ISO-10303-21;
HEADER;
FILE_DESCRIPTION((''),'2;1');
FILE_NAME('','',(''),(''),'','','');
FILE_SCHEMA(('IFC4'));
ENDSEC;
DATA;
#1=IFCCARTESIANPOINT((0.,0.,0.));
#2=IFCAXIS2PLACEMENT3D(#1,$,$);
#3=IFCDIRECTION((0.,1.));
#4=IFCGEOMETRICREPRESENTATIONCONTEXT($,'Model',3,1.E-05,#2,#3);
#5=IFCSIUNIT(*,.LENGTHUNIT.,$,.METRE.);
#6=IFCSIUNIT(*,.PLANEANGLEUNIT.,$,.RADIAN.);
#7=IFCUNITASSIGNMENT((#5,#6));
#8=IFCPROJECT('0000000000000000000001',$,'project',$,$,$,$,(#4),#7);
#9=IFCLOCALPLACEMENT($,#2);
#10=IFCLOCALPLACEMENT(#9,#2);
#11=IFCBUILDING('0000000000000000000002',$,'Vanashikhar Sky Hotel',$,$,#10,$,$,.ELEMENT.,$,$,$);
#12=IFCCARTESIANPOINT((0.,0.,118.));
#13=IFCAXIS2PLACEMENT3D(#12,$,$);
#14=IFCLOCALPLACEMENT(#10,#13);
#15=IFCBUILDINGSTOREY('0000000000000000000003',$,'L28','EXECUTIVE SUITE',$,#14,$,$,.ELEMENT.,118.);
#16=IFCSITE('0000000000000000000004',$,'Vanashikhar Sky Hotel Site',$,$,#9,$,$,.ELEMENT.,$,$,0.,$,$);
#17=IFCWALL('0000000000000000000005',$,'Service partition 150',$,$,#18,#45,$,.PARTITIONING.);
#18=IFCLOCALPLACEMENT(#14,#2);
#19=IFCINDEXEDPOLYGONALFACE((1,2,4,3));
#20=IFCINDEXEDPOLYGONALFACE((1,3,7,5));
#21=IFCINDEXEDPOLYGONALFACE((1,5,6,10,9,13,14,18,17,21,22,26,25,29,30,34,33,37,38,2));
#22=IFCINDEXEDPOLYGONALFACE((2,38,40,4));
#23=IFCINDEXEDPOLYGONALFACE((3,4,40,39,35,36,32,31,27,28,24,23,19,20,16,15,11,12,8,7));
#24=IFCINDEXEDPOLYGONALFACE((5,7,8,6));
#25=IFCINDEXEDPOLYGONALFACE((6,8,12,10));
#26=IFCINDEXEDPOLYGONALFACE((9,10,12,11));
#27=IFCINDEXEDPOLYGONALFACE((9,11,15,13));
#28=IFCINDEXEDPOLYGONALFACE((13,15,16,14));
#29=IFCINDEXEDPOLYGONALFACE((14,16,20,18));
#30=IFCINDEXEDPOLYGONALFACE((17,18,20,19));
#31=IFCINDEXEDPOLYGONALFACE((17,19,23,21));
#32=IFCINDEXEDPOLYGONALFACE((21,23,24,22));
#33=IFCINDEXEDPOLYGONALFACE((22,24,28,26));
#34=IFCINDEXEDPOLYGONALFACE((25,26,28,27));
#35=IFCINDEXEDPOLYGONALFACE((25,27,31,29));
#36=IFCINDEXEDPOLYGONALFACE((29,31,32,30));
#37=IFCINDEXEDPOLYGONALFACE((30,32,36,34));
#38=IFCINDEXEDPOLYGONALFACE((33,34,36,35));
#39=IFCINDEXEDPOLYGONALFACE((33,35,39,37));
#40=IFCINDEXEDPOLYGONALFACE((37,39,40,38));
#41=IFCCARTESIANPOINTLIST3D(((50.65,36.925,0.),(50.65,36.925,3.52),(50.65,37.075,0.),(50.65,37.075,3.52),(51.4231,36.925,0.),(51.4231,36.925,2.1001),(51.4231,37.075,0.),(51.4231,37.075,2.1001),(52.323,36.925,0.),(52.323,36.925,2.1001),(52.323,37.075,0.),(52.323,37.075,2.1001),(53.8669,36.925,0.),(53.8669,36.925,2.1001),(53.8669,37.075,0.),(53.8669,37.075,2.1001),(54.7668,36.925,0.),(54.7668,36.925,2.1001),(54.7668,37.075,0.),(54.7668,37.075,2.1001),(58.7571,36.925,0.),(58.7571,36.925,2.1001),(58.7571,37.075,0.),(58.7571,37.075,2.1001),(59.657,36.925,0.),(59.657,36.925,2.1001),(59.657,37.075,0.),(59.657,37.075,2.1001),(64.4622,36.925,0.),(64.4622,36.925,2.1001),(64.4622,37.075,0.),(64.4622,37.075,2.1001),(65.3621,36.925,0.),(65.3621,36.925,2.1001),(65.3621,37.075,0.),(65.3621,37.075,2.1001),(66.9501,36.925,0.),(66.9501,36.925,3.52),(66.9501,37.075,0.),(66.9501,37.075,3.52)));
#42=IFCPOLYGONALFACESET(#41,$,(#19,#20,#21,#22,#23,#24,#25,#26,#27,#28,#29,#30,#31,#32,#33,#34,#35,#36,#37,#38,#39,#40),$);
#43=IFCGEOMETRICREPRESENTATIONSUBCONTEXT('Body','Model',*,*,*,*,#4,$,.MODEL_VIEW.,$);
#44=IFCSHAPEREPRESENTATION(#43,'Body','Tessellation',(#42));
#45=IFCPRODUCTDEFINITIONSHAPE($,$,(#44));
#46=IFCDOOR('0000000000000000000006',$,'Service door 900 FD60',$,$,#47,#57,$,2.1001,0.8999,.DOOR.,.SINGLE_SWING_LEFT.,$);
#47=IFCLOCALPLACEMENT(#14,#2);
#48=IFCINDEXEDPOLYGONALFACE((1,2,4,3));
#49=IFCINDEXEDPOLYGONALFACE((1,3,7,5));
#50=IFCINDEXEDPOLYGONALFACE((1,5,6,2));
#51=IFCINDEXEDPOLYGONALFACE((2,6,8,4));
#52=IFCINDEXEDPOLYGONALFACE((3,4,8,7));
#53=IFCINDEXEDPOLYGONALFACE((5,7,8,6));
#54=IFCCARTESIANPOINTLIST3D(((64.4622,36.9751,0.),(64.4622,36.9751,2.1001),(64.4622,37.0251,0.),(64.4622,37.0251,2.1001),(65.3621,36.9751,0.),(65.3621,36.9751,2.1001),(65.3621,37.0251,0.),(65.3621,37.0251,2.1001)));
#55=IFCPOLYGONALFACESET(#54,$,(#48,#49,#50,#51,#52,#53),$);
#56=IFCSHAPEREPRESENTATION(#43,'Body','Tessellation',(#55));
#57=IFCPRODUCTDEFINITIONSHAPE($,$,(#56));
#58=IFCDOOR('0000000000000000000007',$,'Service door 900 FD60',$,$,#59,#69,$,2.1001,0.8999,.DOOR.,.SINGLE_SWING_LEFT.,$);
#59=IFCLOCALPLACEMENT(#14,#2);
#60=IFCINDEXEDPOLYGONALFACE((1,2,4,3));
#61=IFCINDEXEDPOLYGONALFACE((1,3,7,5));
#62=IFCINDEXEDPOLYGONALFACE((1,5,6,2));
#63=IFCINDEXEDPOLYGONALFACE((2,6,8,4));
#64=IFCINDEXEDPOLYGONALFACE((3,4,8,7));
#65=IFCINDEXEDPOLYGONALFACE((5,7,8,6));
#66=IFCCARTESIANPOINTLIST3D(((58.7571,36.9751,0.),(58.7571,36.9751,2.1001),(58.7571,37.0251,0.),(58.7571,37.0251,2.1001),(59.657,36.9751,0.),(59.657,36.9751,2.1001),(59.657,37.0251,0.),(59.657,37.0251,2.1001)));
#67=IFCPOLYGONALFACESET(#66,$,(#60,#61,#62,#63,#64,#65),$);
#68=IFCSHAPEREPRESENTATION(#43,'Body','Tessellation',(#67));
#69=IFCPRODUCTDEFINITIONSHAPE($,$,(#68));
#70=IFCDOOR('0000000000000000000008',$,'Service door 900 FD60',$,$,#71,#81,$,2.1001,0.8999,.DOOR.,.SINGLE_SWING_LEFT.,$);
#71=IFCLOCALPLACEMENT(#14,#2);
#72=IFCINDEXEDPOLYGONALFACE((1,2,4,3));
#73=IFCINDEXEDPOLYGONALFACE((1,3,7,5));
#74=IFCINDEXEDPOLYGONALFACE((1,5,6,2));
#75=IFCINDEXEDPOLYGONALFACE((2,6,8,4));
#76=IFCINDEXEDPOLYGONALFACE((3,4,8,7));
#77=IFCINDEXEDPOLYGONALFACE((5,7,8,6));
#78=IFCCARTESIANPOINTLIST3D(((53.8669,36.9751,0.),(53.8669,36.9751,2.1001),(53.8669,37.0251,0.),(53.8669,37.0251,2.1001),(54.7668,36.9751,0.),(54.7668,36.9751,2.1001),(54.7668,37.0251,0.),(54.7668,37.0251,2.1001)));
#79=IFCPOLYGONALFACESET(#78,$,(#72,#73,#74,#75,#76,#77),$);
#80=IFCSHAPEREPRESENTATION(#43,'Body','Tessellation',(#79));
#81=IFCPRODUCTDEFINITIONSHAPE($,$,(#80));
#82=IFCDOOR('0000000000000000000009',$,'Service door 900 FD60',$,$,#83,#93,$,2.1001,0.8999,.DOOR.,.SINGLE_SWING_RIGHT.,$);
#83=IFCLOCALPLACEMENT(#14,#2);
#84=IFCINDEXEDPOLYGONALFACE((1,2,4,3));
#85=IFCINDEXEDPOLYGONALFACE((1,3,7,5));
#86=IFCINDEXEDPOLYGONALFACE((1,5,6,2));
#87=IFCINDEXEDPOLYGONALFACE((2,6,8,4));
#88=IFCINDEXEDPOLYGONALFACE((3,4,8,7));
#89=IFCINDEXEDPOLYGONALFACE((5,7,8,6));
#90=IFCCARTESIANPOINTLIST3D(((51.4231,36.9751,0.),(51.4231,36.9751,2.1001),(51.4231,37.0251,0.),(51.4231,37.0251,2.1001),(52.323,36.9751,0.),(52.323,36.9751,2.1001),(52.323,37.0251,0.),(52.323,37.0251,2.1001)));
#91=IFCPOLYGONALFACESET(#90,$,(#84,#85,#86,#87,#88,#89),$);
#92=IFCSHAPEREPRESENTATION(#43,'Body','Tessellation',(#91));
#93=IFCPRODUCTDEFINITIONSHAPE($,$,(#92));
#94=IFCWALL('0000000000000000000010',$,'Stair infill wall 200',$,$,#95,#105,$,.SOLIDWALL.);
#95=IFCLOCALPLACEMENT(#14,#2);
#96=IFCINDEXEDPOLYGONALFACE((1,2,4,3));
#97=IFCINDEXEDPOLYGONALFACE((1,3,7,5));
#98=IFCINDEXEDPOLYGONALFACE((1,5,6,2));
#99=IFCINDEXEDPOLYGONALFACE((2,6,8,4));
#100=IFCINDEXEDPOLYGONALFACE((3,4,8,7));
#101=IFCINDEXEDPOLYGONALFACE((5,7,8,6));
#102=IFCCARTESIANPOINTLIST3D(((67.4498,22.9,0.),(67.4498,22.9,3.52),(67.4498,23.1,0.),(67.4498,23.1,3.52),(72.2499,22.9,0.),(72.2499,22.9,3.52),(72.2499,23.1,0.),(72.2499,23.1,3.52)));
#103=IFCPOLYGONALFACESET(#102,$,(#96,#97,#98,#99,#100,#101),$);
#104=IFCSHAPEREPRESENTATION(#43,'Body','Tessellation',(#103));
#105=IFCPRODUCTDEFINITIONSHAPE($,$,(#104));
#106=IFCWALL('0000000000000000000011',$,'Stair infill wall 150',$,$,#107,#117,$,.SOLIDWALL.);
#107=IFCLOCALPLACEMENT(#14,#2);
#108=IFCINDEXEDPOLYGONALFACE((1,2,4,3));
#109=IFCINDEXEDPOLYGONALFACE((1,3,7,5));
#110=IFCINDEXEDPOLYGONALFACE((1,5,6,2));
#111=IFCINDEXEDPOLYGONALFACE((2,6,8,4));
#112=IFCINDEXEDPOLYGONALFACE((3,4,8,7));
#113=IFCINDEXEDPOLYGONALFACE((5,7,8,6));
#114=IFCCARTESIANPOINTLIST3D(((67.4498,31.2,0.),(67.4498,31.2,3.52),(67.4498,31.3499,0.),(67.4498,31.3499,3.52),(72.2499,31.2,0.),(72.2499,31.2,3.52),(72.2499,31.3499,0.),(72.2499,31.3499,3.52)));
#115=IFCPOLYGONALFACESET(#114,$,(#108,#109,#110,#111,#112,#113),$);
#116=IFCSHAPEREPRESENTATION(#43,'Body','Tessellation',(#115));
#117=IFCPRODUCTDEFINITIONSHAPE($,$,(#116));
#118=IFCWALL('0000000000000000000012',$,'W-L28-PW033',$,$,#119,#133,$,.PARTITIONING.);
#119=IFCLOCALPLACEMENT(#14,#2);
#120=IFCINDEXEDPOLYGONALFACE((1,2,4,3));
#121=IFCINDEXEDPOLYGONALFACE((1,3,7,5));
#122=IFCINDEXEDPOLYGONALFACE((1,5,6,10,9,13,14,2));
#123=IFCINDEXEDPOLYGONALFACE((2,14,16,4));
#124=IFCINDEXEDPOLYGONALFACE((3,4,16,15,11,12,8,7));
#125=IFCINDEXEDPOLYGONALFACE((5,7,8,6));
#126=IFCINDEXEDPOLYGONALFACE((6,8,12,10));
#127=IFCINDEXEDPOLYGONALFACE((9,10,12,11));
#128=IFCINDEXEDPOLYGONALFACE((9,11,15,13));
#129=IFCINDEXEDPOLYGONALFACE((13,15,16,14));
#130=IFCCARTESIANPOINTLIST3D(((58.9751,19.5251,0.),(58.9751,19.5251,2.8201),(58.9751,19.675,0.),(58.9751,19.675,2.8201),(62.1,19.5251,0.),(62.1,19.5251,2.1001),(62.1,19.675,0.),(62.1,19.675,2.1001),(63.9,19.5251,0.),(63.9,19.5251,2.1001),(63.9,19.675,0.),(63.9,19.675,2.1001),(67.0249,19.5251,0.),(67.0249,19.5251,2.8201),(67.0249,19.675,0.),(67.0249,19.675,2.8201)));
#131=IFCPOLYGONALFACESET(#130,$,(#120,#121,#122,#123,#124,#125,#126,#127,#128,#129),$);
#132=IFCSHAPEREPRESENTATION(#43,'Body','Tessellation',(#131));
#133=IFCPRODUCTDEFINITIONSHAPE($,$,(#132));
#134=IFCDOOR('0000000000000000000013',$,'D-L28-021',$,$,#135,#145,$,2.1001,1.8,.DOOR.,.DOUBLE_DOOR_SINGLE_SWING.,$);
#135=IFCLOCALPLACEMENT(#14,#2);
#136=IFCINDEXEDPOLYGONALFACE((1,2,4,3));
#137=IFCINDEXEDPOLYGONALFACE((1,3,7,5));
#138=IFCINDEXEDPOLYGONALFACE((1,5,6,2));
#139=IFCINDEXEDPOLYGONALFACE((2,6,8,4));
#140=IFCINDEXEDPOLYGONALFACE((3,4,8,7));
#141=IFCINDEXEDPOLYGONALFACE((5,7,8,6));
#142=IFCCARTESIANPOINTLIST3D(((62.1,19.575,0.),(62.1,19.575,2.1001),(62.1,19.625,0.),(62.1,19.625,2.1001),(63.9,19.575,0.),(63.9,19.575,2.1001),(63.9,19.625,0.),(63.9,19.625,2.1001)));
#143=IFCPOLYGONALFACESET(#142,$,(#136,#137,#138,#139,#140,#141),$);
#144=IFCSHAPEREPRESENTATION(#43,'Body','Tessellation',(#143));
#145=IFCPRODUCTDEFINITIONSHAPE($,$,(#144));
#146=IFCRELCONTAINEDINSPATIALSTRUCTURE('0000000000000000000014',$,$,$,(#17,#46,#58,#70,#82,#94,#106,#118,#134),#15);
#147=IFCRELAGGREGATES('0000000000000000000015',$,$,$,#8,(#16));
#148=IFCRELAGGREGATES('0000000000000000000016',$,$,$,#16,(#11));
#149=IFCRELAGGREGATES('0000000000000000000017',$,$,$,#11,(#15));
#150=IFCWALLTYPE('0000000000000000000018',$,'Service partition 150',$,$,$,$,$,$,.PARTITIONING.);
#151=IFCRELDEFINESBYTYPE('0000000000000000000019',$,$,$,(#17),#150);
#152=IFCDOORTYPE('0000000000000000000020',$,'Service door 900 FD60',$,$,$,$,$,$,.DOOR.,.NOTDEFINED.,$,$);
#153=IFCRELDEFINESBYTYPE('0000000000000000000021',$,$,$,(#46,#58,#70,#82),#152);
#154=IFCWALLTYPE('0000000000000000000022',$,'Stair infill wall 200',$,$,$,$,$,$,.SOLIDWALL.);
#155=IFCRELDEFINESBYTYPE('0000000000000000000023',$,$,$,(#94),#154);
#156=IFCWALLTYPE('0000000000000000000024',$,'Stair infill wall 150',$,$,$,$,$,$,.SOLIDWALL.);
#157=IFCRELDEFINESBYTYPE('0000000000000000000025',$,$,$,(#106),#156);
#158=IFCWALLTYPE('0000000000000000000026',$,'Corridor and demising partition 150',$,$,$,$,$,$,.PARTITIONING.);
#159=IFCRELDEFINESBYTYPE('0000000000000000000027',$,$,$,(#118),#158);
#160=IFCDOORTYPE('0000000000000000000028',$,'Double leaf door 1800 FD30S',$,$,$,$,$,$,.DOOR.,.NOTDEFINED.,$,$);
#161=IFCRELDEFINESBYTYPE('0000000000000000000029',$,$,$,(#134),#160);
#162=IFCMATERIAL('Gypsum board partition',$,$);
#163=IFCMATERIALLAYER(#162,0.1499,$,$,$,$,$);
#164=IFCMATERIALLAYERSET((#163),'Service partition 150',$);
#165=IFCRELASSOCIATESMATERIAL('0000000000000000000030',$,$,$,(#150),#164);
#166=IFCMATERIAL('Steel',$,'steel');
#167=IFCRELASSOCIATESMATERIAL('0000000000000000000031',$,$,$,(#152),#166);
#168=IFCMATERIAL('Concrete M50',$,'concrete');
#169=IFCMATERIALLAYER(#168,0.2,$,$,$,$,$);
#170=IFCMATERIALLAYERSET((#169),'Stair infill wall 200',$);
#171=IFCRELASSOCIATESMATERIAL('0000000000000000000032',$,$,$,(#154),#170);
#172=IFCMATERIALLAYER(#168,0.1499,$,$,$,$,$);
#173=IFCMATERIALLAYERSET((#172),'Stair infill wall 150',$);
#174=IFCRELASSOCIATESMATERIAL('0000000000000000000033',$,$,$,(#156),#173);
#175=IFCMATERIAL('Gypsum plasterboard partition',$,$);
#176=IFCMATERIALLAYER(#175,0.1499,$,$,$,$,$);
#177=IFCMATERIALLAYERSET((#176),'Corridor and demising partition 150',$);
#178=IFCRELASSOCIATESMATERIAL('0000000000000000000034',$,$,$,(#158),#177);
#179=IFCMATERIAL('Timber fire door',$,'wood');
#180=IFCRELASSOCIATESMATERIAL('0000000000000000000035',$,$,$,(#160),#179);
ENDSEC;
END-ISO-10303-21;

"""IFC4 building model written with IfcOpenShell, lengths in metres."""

from ifc_helpers import new_model, si_unit, direction, frame, frame_2d, origin, place, context, subcontext, project, spatial, rectangle, extrude, source, transform, mapped, material, layer, layer_set, type_object, element, fill, save


model = new_model("IFC4")

# Units and contexts
model_context = context("Model", 3, precision=1e-05, world=origin(), true_north=direction((0.0, 1.0)))
body_context = subcontext(model_context, "Body", "Model", "MODEL_VIEW")
ifc_project = project(units=[si_unit("LENGTHUNIT", "METRE"), si_unit("PLANEANGLEUNIT", "RADIAN")], contexts=[model_context])

# Site, building, storey
site_placement = place(None, origin())
site = spatial("IfcSite", under=ifc_project, at=site_placement, Name="Vanashikhar Sky Hotel Site", CompositionType="ELEMENT", RefElevation=0.0)
building_placement = place(site_placement, origin())
building = spatial("IfcBuilding", under=site, at=building_placement, Name="Vanashikhar Sky Hotel", CompositionType="ELEMENT")
storey_placement = place(building_placement, frame((0.0, 0.0, 118.0)))
storey = spatial("IfcBuildingStorey", under=building, at=storey_placement, Name="L28", Description="EXECUTIVE SUITE", CompositionType="ELEMENT", Elevation=118.0)

# Shared definitions
ifc_material_1 = material(Name="Gypsum board partition")
ifc_layer_1 = layer(ifc_material_1, 0.1499)
ifc_layer_set_1 = layer_set([ifc_layer_1], Name="Service partition 150")
wall_type_1 = type_object("IfcWallType", Name="Service partition 150", PredefinedType="PARTITIONING", material=ifc_layer_set_1)

# Shared definitions
shared_shape_1 = source(origin(), body_context, "Body", "SweptSolid", [
    extrude(rectangle(XDim=0.8999, YDim=2.1001, at=frame_2d((0.45, 1.05))), frame((0.0, 0.085, 0.0), z_axis=(0.0, -1.0, 0.0), x_axis=(1.0, 0.0, 0.0)), (0.0, 0.0, 1.0), 0.1699),
])
ifc_material_2 = material(Name="Steel", Category="steel")
door_type_1 = type_object("IfcDoorType", Name="Service door 900 FD60", OperationType="NOTDEFINED", PredefinedType="DOOR", material=ifc_material_2)
shared_shape_2 = source(origin(), body_context, "Body", "SweptSolid", [
    extrude(rectangle(XDim=0.8999, YDim=2.1001, at=frame_2d((0.45, 1.05))), frame((0.0, 0.0249, 0.0), z_axis=(0.0, -1.0, 0.0), x_axis=(1.0, 0.0, 0.0)), (0.0, 0.0, 1.0), 0.05),
])

# Wall, openings, doors
shared_shape_3 = source(origin(), body_context, "Body", "SweptSolid", [
    extrude(rectangle(XDim=16.3, YDim=0.1499, at=frame_2d((8.1499, 0.0))), origin(), (0.0, 0.0, 1.0), 3.52),
])
wall_1_placement = place(storey_placement, frame((66.95, 37.0, 0.0), z_axis=(0.0, 0.0, 1.0), x_axis=(-1.0, 0.0, 0.0)))
wall_1 = element("IfcWall", 1, at=wall_1_placement, inside=storey, type_object=wall_type_1, Name="Service partition 150", PredefinedType="PARTITIONING", context=body_context, shape_type="MappedRepresentation", body=[
    mapped(shared_shape_3, transform((0.0, 0.0, 0.0), scale=1.0)),
])
opening_1_placement = place(wall_1_placement, frame((1.5879, 0.0, 0.0)))
opening_1 = element("IfcOpeningElement", 2, at=opening_1_placement, cuts=wall_1, PredefinedType="OPENING", context=body_context, shape_type="MappedRepresentation", body=[
    mapped(shared_shape_1, transform((0.0, 0.0, 0.0), scale=1.0)),
])
opening_2_placement = place(wall_1_placement, frame((7.293, 0.0, 0.0)))
opening_2 = element("IfcOpeningElement", 3, at=opening_2_placement, cuts=wall_1, PredefinedType="OPENING", context=body_context, shape_type="MappedRepresentation", body=[
    mapped(shared_shape_1, transform((0.0, 0.0, 0.0), scale=1.0)),
])
opening_3_placement = place(wall_1_placement, frame((12.1831, 0.0, 0.0)))
opening_3 = element("IfcOpeningElement", 4, at=opening_3_placement, cuts=wall_1, PredefinedType="OPENING", context=body_context, shape_type="MappedRepresentation", body=[
    mapped(shared_shape_1, transform((0.0, 0.0, 0.0), scale=1.0)),
])
opening_4_placement = place(wall_1_placement, frame((14.627, 0.0, 0.0)))
opening_4 = element("IfcOpeningElement", 5, at=opening_4_placement, cuts=wall_1, PredefinedType="OPENING", context=body_context, shape_type="MappedRepresentation", body=[
    mapped(shared_shape_1, transform((0.0, 0.0, 0.0), scale=1.0)),
])
door_1_placement = place(opening_1_placement, origin())
door_1 = element("IfcDoor", 6, at=door_1_placement, inside=storey, type_object=door_type_1, Name="Service door 900 FD60", OperationType="SINGLE_SWING_LEFT", OverallHeight=2.1001, OverallWidth=0.8999, PredefinedType="DOOR", context=body_context, shape_type="MappedRepresentation", body=[
    mapped(shared_shape_2, transform((0.0, 0.0, 0.0), scale=1.0)),
])
fill(opening_1, door_1)
door_2_placement = place(opening_2_placement, origin())
door_2 = element("IfcDoor", 7, at=door_2_placement, inside=storey, type_object=door_type_1, Name="Service door 900 FD60", OperationType="SINGLE_SWING_LEFT", OverallHeight=2.1001, OverallWidth=0.8999, PredefinedType="DOOR", context=body_context, shape_type="MappedRepresentation", body=[
    mapped(shared_shape_2, transform((0.0, 0.0, 0.0), scale=1.0)),
])
fill(opening_2, door_2)
door_3_placement = place(opening_3_placement, origin())
door_3 = element("IfcDoor", 8, at=door_3_placement, inside=storey, type_object=door_type_1, Name="Service door 900 FD60", OperationType="SINGLE_SWING_LEFT", OverallHeight=2.1001, OverallWidth=0.8999, PredefinedType="DOOR", context=body_context, shape_type="MappedRepresentation", body=[
    mapped(shared_shape_2, transform((0.0, 0.0, 0.0), scale=1.0)),
])
fill(opening_3, door_3)
door_4_placement = place(opening_4_placement, origin())
door_4 = element("IfcDoor", 9, at=door_4_placement, inside=storey, type_object=door_type_1, Name="Service door 900 FD60", OperationType="SINGLE_SWING_RIGHT", OverallHeight=2.1001, OverallWidth=0.8999, PredefinedType="DOOR", context=body_context, shape_type="MappedRepresentation", body=[
    mapped(shared_shape_2, transform((0.0, 0.0, 0.0), scale=1.0)),
])
fill(opening_4, door_4)

# Walls
ifc_material_3 = material(Name="Concrete M50", Category="concrete")
ifc_layer_2 = layer(ifc_material_3, 0.2)
ifc_layer_set_2 = layer_set([ifc_layer_2], Name="Stair infill wall 200")
wall_type_2 = type_object("IfcWallType", Name="Stair infill wall 200", PredefinedType="SOLIDWALL", material=ifc_layer_set_2)
shared_shape_4 = source(origin(), body_context, "Body", "SweptSolid", [
    extrude(rectangle(XDim=4.8, YDim=0.2, at=frame_2d((2.3999, 0.0))), origin(), (0.0, 0.0, 1.0), 3.52),
])
wall_2_placement = place(storey_placement, frame((67.45, 23.0, 0.0), z_axis=(0.0, 0.0, 1.0), x_axis=(1.0, 0.0, 0.0)))
element("IfcWall", 10, at=wall_2_placement, inside=storey, type_object=wall_type_2, Name="Stair infill wall 200", PredefinedType="SOLIDWALL", context=body_context, shape_type="MappedRepresentation", body=[
    mapped(shared_shape_4, transform((0.0, 0.0, 0.0), scale=1.0)),
])
ifc_layer_3 = layer(ifc_material_3, 0.1499)
ifc_layer_set_3 = layer_set([ifc_layer_3], Name="Stair infill wall 150")
wall_type_3 = type_object("IfcWallType", Name="Stair infill wall 150", PredefinedType="SOLIDWALL", material=ifc_layer_set_3)
shared_shape_5 = source(origin(), body_context, "Body", "SweptSolid", [
    extrude(rectangle(XDim=4.8, YDim=0.1499, at=frame_2d((2.3999, 0.0))), origin(), (0.0, 0.0, 1.0), 3.52),
])
wall_3_placement = place(storey_placement, frame((67.45, 31.2749, 0.0), z_axis=(0.0, 0.0, 1.0), x_axis=(1.0, 0.0, 0.0)))
element("IfcWall", 11, at=wall_3_placement, inside=storey, type_object=wall_type_3, Name="Stair infill wall 150", PredefinedType="SOLIDWALL", context=body_context, shape_type="MappedRepresentation", body=[
    mapped(shared_shape_5, transform((0.0, 0.0, 0.0), scale=1.0)),
])

# Wall, opening, door
ifc_material_4 = material(Name="Gypsum plasterboard partition")
ifc_layer_4 = layer(ifc_material_4, 0.1499)
ifc_layer_set_4 = layer_set([ifc_layer_4], Name="Corridor and demising partition 150")
wall_type_4 = type_object("IfcWallType", Name="Corridor and demising partition 150", PredefinedType="PARTITIONING", material=ifc_layer_set_4)
shared_shape_6 = source(origin(), body_context, "Body", "SweptSolid", [
    extrude(rectangle(XDim=8.0498, YDim=0.1499, at=frame_2d((4.0249, 0.0))), origin(), (0.0, 0.0, 1.0), 2.8201),
])
wall_4_placement = place(storey_placement, frame((58.9751, 19.6001, 0.0), z_axis=(0.0, 0.0, 1.0), x_axis=(1.0, 0.0, 0.0)))
wall_4 = element("IfcWall", 12, at=wall_4_placement, inside=storey, type_object=wall_type_4, Name="W-L28-PW033", PredefinedType="PARTITIONING", context=body_context, shape_type="MappedRepresentation", body=[
    mapped(shared_shape_6, transform((0.0, 0.0, 0.0), scale=1.0)),
])
shared_shape_7 = source(origin(), body_context, "Body", "SweptSolid", [
    extrude(rectangle(XDim=1.8, YDim=2.1001, at=frame_2d((0.8999, 1.05))), frame((0.0, 0.085, 0.0), z_axis=(0.0, -1.0, 0.0), x_axis=(1.0, 0.0, 0.0)), (0.0, 0.0, 1.0), 0.1699),
])
opening_5_placement = place(wall_4_placement, frame((3.125, 0.0, 0.0)))
opening_5 = element("IfcOpeningElement", 13, at=opening_5_placement, cuts=wall_4, PredefinedType="OPENING", context=body_context, shape_type="MappedRepresentation", body=[
    mapped(shared_shape_7, transform((0.0, 0.0, 0.0), scale=1.0)),
])
ifc_material_5 = material(Name="Timber fire door", Category="wood")
door_type_2 = type_object("IfcDoorType", Name="Double leaf door 1800 FD30S", OperationType="NOTDEFINED", PredefinedType="DOOR", material=ifc_material_5)
shared_shape_8 = source(origin(), body_context, "Body", "SweptSolid", [
    extrude(rectangle(XDim=1.8, YDim=2.1001, at=frame_2d((0.8999, 1.05))), frame((0.0, 0.0249, 0.0), z_axis=(0.0, -1.0, 0.0), x_axis=(1.0, 0.0, 0.0)), (0.0, 0.0, 1.0), 0.05),
])
door_5_placement = place(opening_5_placement, origin())
door_5 = element("IfcDoor", 14, at=door_5_placement, inside=storey, type_object=door_type_2, Name="D-L28-021", OperationType="DOUBLE_DOOR_SINGLE_SWING", OverallHeight=2.1001, OverallWidth=1.8, PredefinedType="DOOR", context=body_context, shape_type="MappedRepresentation", body=[
    mapped(shared_shape_8, transform((0.0, 0.0, 0.0), scale=1.0)),
])
fill(opening_5, door_5)

save(model, "model.ifc")
